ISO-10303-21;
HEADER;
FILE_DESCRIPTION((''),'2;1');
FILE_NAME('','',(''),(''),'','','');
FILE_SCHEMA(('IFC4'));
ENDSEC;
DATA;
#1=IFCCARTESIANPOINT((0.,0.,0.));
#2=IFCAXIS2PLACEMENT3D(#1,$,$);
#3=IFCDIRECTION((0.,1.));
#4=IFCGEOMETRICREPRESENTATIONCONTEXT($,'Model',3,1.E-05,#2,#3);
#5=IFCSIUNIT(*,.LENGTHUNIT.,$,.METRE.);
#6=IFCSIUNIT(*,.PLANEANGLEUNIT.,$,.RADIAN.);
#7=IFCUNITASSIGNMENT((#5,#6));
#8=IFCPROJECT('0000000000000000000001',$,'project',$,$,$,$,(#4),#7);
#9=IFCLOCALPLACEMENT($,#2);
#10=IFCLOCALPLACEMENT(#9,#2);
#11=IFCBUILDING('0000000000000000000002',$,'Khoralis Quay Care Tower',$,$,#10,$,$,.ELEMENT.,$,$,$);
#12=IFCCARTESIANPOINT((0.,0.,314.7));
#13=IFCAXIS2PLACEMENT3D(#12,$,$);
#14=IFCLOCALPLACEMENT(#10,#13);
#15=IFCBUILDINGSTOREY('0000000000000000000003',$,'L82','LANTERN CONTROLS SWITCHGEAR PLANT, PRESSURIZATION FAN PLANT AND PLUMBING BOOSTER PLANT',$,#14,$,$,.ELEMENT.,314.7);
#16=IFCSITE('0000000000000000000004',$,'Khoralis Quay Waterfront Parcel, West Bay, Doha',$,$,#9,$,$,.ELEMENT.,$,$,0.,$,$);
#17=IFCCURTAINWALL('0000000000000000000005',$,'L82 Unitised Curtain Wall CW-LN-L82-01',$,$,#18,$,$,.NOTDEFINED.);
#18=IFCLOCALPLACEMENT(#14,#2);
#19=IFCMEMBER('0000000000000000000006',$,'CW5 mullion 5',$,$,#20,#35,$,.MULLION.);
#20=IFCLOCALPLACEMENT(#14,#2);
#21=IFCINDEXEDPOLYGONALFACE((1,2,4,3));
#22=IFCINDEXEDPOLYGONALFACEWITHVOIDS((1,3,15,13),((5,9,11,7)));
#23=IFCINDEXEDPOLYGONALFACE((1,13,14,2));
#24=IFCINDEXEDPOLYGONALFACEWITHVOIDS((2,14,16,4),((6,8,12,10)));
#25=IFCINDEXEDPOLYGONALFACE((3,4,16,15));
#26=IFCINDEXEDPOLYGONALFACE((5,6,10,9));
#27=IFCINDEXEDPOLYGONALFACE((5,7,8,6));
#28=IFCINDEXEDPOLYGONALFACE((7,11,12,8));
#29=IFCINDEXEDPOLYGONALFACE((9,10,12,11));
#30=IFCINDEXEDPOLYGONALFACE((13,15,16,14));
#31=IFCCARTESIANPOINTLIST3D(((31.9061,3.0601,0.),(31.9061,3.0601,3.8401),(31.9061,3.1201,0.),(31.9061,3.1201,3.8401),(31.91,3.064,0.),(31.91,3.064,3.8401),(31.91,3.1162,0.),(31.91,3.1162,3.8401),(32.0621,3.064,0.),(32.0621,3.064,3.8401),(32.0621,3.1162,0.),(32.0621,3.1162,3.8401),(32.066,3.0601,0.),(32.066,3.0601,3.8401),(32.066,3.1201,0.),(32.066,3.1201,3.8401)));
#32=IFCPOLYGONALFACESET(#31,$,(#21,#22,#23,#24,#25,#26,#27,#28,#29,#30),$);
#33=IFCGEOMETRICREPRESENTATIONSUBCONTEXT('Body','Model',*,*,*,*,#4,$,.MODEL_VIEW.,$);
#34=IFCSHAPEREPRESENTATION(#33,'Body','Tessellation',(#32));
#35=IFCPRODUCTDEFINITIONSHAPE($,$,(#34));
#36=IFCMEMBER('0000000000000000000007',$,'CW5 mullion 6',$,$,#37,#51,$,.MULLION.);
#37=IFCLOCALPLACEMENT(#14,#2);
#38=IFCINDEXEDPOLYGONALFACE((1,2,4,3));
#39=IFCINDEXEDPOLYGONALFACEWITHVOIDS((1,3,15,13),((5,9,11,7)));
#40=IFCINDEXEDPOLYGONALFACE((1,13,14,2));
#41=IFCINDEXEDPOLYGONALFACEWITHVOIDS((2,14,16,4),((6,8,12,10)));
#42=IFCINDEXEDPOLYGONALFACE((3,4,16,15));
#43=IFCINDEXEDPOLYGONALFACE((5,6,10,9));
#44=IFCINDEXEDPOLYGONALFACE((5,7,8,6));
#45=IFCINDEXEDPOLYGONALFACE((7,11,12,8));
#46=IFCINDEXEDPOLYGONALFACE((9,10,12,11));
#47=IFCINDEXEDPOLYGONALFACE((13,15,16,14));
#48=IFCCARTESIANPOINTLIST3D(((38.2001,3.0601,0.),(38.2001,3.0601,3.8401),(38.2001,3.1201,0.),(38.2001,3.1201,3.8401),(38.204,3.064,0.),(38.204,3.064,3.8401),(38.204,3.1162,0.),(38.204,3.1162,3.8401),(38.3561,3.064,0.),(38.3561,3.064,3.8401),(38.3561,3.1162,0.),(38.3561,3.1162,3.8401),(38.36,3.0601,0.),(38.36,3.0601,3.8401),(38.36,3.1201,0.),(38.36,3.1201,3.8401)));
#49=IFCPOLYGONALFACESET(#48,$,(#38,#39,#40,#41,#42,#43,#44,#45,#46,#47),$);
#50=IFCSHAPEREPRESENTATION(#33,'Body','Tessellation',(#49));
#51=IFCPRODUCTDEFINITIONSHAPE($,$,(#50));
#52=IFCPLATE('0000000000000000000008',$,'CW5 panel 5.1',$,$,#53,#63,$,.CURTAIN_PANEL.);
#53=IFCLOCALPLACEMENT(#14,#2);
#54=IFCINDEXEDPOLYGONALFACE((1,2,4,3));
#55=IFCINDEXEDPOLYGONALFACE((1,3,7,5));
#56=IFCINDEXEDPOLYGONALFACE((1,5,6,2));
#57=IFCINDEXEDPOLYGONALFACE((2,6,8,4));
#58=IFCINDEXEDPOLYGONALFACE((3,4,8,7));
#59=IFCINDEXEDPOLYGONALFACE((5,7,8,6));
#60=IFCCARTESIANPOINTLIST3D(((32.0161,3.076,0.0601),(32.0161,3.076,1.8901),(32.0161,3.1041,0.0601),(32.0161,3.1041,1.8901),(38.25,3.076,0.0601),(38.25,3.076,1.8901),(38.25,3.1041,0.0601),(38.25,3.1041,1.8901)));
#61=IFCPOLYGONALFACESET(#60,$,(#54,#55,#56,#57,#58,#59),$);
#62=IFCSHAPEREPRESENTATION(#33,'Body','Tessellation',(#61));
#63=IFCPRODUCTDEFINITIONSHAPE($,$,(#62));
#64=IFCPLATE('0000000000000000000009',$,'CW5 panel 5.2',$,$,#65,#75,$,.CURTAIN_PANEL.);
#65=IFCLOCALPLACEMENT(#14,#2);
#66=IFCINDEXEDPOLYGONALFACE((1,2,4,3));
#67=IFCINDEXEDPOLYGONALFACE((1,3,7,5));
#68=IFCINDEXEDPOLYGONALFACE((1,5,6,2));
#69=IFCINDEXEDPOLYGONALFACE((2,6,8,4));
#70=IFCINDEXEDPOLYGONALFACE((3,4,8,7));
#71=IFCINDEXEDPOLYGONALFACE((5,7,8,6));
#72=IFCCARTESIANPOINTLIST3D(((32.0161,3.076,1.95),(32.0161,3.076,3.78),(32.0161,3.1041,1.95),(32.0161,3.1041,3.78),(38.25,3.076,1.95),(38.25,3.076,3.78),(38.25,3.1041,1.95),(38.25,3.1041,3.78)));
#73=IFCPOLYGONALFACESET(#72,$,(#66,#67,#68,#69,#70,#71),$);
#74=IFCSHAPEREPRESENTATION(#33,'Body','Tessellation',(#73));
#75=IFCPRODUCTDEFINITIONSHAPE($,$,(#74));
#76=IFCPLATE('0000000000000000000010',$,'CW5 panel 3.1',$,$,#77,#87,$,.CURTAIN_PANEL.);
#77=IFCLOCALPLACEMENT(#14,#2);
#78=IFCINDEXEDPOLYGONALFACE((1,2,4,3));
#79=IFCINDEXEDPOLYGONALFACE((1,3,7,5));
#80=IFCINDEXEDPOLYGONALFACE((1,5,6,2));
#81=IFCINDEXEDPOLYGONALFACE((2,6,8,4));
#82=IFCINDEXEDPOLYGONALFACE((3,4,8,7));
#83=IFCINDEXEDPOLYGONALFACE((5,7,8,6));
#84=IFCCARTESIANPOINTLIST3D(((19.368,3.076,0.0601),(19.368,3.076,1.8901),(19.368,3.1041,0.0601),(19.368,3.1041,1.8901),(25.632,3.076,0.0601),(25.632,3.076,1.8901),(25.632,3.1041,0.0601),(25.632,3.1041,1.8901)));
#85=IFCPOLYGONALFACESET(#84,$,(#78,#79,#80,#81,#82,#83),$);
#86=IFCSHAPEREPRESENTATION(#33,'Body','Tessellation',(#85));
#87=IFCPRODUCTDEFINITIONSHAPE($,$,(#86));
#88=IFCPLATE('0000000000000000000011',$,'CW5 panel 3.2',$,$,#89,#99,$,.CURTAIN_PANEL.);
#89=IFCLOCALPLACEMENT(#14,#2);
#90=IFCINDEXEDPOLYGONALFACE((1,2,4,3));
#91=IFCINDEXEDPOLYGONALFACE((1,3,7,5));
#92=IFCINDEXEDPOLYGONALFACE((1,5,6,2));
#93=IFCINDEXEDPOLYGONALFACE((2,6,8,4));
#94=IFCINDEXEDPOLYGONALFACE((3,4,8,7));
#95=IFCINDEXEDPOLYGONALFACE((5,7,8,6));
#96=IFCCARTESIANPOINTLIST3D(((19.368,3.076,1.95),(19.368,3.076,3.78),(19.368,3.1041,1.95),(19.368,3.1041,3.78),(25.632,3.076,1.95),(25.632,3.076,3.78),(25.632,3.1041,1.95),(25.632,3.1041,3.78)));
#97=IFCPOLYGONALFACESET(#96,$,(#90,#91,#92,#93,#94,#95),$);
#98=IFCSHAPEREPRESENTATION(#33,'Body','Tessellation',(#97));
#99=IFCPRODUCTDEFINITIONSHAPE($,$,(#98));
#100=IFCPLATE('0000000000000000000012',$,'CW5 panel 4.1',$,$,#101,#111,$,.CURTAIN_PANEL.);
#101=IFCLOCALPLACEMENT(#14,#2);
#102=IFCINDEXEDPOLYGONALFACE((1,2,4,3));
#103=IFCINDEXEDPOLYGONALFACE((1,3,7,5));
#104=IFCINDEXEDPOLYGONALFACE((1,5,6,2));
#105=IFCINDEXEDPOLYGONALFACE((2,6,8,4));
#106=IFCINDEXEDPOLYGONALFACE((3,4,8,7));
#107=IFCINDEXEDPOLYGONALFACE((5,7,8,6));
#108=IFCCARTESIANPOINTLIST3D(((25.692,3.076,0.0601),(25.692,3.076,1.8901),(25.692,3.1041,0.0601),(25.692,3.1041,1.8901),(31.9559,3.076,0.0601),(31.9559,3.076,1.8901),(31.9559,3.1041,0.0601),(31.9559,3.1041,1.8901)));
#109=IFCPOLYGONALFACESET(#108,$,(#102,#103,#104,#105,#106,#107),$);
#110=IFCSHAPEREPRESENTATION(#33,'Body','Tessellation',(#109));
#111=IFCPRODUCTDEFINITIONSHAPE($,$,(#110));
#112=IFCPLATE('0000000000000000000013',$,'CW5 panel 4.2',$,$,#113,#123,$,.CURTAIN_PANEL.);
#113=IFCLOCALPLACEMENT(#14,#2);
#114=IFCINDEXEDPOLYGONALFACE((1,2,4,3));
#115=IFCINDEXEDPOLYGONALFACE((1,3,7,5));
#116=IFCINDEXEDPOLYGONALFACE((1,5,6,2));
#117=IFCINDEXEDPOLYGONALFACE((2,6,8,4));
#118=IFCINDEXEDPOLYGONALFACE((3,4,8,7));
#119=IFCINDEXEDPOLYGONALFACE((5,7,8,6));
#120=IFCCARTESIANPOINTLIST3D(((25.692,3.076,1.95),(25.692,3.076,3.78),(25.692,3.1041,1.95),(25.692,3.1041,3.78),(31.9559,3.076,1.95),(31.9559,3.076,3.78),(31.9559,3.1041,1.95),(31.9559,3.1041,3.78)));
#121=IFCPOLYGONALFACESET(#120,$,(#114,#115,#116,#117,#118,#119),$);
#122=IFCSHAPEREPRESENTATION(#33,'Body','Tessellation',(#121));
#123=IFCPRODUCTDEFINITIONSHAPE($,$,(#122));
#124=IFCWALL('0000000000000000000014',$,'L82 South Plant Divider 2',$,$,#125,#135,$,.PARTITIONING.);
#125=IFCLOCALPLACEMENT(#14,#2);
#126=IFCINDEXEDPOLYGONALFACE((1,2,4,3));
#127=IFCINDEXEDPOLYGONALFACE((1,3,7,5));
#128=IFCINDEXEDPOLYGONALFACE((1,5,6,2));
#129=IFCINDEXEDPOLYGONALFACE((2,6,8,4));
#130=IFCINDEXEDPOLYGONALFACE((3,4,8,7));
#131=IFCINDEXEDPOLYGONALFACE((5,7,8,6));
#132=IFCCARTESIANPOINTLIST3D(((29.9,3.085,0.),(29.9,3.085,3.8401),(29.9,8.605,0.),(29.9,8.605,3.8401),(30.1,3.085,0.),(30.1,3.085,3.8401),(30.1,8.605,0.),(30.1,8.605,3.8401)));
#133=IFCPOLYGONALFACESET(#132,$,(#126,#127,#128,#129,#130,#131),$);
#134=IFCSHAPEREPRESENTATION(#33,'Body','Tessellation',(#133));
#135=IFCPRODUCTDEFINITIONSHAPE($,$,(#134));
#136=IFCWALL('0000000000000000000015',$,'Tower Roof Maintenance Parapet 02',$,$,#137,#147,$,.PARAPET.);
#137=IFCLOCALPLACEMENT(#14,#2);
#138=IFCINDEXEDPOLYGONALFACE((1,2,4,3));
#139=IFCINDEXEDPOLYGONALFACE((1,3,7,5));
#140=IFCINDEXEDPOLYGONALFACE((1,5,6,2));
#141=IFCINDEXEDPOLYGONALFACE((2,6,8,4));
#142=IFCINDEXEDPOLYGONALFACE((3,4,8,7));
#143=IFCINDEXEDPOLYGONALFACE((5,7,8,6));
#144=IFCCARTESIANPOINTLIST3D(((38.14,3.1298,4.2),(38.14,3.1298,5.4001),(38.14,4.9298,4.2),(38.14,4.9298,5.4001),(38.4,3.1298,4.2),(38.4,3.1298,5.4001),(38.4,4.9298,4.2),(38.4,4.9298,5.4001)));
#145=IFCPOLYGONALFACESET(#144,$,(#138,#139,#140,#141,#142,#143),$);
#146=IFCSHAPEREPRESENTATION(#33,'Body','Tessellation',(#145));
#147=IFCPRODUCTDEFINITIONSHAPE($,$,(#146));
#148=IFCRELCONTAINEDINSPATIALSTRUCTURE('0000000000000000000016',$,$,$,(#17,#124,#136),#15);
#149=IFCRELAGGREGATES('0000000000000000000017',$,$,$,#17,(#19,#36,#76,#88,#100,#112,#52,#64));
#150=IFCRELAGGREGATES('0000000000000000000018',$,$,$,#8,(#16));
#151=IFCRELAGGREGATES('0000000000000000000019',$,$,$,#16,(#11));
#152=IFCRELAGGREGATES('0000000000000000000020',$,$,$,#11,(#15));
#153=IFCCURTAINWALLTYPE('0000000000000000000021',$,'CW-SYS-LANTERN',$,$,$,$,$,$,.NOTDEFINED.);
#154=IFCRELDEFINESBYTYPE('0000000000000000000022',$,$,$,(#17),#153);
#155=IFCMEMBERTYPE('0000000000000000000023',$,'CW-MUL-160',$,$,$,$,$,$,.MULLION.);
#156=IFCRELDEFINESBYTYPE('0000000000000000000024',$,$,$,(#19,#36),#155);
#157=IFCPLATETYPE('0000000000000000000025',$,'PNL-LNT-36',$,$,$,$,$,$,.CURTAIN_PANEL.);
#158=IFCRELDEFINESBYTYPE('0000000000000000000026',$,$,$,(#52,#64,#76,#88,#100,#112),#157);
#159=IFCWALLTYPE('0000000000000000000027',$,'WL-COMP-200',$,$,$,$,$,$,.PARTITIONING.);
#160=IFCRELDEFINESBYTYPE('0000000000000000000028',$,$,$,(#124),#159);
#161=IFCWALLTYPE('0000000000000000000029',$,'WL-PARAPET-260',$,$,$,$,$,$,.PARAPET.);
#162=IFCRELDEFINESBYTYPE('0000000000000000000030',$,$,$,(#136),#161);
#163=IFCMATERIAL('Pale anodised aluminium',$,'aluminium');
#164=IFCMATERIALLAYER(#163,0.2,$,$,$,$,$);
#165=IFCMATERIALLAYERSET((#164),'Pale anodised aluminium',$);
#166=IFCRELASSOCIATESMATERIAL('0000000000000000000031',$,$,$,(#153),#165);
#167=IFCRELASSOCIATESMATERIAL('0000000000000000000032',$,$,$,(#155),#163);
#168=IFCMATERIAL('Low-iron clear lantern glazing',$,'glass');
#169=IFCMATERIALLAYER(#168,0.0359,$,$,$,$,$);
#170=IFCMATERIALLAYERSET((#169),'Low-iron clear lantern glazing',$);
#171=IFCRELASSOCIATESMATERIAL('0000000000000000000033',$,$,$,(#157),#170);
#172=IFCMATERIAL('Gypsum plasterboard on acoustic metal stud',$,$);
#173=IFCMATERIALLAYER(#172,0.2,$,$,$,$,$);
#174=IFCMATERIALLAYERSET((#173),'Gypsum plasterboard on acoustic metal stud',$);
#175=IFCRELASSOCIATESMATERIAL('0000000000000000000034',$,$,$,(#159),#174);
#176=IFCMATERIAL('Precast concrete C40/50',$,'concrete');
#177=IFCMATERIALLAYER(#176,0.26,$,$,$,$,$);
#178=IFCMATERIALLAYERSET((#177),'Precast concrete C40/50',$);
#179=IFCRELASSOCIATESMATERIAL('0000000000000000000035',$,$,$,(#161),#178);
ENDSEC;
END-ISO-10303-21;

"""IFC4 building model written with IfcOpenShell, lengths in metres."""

from ifc_helpers import new_model, si_unit, direction, frame, frame_2d, origin, origin_2d, place, context, subcontext, project, spatial, rectangle, hollow_rectangle, extrude, source, transform, mapped, material, layer, layer_set, material_profile, profile_set, type_object, element, aggregate, save


model = new_model("IFC4")

# Units and contexts
model_context = context("Model", 3, precision=1e-05, world=origin(), true_north=direction((0.0, 1.0)))
body_context = subcontext(model_context, "Body", "Model", "MODEL_VIEW")
ifc_project = project(units=[si_unit("LENGTHUNIT", "METRE"), si_unit("PLANEANGLEUNIT", "RADIAN")], contexts=[model_context])

# Site, building, storey
site_placement = place(None, origin())
site = spatial("IfcSite", under=ifc_project, at=site_placement, Name="Khoralis Quay Waterfront Parcel, West Bay, Doha", CompositionType="ELEMENT", RefElevation=0.0)
building_placement = place(site_placement, origin())
building = spatial("IfcBuilding", under=site, at=building_placement, Name="Khoralis Quay Care Tower", CompositionType="ELEMENT")
storey_placement = place(building_placement, frame((0.0, 0.0, 314.7)))
storey = spatial("IfcBuildingStorey", under=building, at=storey_placement, Name="L82", Description="LANTERN CONTROLS SWITCHGEAR PLANT, PRESSURIZATION FAN PLANT AND PLUMBING BOOSTER PLANT", CompositionType="ELEMENT", Elevation=314.7)

# Curtain wall, members, plates
ifc_material_1 = material(Name="Pale anodised aluminium", Category="aluminium")
ifc_layer_1 = layer(ifc_material_1, 0.2)
ifc_layer_set_1 = layer_set([ifc_layer_1], Name="Pale anodised aluminium")
curtain_wall_type = type_object("IfcCurtainWallType", Name="CW-SYS-LANTERN", PredefinedType="NOTDEFINED", material=ifc_layer_set_1)
curtain_wall_placement = place(storey_placement, origin())
curtain_wall = element("IfcCurtainWall", 1, at=curtain_wall_placement, inside=storey, type_object=curtain_wall_type, Name="L82 Unitised Curtain Wall CW-LN-L82-01", PredefinedType="NOTDEFINED")
ifc_material_profile_1 = material_profile(ifc_material_1, hollow_rectangle(XDim=0.0601, YDim=0.1599, WallThickness=0.0039, at=origin_2d()), Name="Pale anodised aluminium")
ifc_profile_set_1 = profile_set([ifc_material_profile_1], Name="Pale anodised aluminium")
member_type_1 = type_object("IfcMemberType", Name="CW-MUL-160", PredefinedType="MULLION", material=ifc_profile_set_1)
shared_shape_1 = source(origin(), body_context, "Body", "SweptSolid", [
    extrude(hollow_rectangle(XDim=0.0601, YDim=0.1599, WallThickness=0.0039, at=origin_2d()), origin(), (0.0, 0.0, 1.0), 3.8401),
])
member_1_placement = place(storey_placement, frame((31.9861, 3.0901, 0.0), z_axis=(0.0, 0.0, 1.0), x_axis=(0.0, 1.0, 0.0)))
member_1 = element("IfcMember", 2, at=member_1_placement, type_object=member_type_1, Name="CW5 mullion 5", PredefinedType="MULLION", context=body_context, shape_type="MappedRepresentation", body=[
    mapped(shared_shape_1, transform((0.0, 0.0, 0.0), scale=1.0)),
])
member_2_placement = place(storey_placement, frame((38.28, 3.0901, 0.0), z_axis=(0.0, 0.0, 1.0), x_axis=(0.0, 1.0, 0.0)))
member_2 = element("IfcMember", 3, at=member_2_placement, type_object=member_type_1, Name="CW5 mullion 6", PredefinedType="MULLION", context=body_context, shape_type="MappedRepresentation", body=[
    mapped(shared_shape_1, transform((0.0, 0.0, 0.0), scale=1.0)),
])
ifc_material_2 = material(Name="Low-iron clear lantern glazing", Category="glass")
ifc_layer_2 = layer(ifc_material_2, 0.0359)
ifc_layer_set_2 = layer_set([ifc_layer_2], Name="Low-iron clear lantern glazing")
plate_type = type_object("IfcPlateType", Name="PNL-LNT-36", PredefinedType="CURTAIN_PANEL", material=ifc_layer_set_2)
shared_shape_2 = source(origin(), body_context, "Body", "SweptSolid", [
    extrude(rectangle(XDim=6.2339, YDim=0.0281, at=origin_2d()), origin(), (0.0, 0.0, 1.0), 1.8301),
])
plate_1_placement = place(storey_placement, frame((35.1331, 3.0901, 0.0601), z_axis=(0.0, 0.0, 1.0), x_axis=(1.0, 0.0, 0.0)))
plate_1 = element("IfcPlate", 4, at=plate_1_placement, type_object=plate_type, Name="CW5 panel 5.1", PredefinedType="CURTAIN_PANEL", context=body_context, shape_type="MappedRepresentation", body=[
    mapped(shared_shape_2, transform((0.0, 0.0, 0.0), scale=1.0)),
])
plate_2_placement = place(storey_placement, frame((35.1331, 3.0901, 1.95), z_axis=(0.0, 0.0, 1.0), x_axis=(1.0, 0.0, 0.0)))
plate_2 = element("IfcPlate", 5, at=plate_2_placement, type_object=plate_type, Name="CW5 panel 5.2", PredefinedType="CURTAIN_PANEL", context=body_context, shape_type="MappedRepresentation", body=[
    mapped(shared_shape_2, transform((0.0, 0.0, 0.0), scale=1.0)),
])
shared_shape_3 = source(origin(), body_context, "Body", "SweptSolid", [
    extrude(rectangle(XDim=6.2639, YDim=0.0281, at=origin_2d()), origin(), (0.0, 0.0, 1.0), 1.8301),
])
plate_3_placement = place(storey_placement, frame((22.5, 3.0901, 0.0601), z_axis=(0.0, 0.0, 1.0), x_axis=(1.0, 0.0, 0.0)))
plate_3 = element("IfcPlate", 6, at=plate_3_placement, type_object=plate_type, Name="CW5 panel 3.1", PredefinedType="CURTAIN_PANEL", context=body_context, shape_type="MappedRepresentation", body=[
    mapped(shared_shape_3, transform((0.0, 0.0, 0.0), scale=1.0)),
])
plate_4_placement = place(storey_placement, frame((22.5, 3.0901, 1.95), z_axis=(0.0, 0.0, 1.0), x_axis=(1.0, 0.0, 0.0)))
plate_4 = element("IfcPlate", 7, at=plate_4_placement, type_object=plate_type, Name="CW5 panel 3.2", PredefinedType="CURTAIN_PANEL", context=body_context, shape_type="MappedRepresentation", body=[
    mapped(shared_shape_3, transform((0.0, 0.0, 0.0), scale=1.0)),
])
plate_5_placement = place(storey_placement, frame((28.824, 3.0901, 0.0601), z_axis=(0.0, 0.0, 1.0), x_axis=(1.0, 0.0, 0.0)))
plate_5 = element("IfcPlate", 8, at=plate_5_placement, type_object=plate_type, Name="CW5 panel 4.1", PredefinedType="CURTAIN_PANEL", context=body_context, shape_type="MappedRepresentation", body=[
    mapped(shared_shape_3, transform((0.0, 0.0, 0.0), scale=1.0)),
])
plate_6_placement = place(storey_placement, frame((28.824, 3.0901, 1.95), z_axis=(0.0, 0.0, 1.0), x_axis=(1.0, 0.0, 0.0)))
plate_6 = element("IfcPlate", 9, at=plate_6_placement, type_object=plate_type, Name="CW5 panel 4.2", PredefinedType="CURTAIN_PANEL", context=body_context, shape_type="MappedRepresentation", body=[
    mapped(shared_shape_3, transform((0.0, 0.0, 0.0), scale=1.0)),
])
aggregate(curtain_wall, [member_1, member_2, plate_3, plate_4, plate_5, plate_6, plate_1, plate_2])

# Walls
ifc_material_3 = material(Name="Gypsum plasterboard on acoustic metal stud")
ifc_layer_3 = layer(ifc_material_3, 0.2)
ifc_layer_set_3 = layer_set([ifc_layer_3], Name="Gypsum plasterboard on acoustic metal stud")
wall_type_1 = type_object("IfcWallType", Name="WL-COMP-200", PredefinedType="PARTITIONING", material=ifc_layer_set_3)
wall_1_placement = place(storey_placement, frame((30.0, 3.085, 0.0), z_axis=(0.0, 0.0, 1.0), x_axis=(0.0, 1.0, 0.0)))
element("IfcWall", 10, at=wall_1_placement, inside=storey, type_object=wall_type_1, Name="L82 South Plant Divider 2", PredefinedType="PARTITIONING", context=body_context, shape_type="SweptSolid", body=[
    extrude(rectangle(XDim=5.52, YDim=0.2, at=frame_2d((2.76, 0.0))), origin(), (0.0, 0.0, 1.0), 3.8401),
])
ifc_material_4 = material(Name="Precast concrete C40/50", Category="concrete")
ifc_layer_4 = layer(ifc_material_4, 0.26)
ifc_layer_set_4 = layer_set([ifc_layer_4], Name="Precast concrete C40/50")
wall_type_2 = type_object("IfcWallType", Name="WL-PARAPET-260", PredefinedType="PARAPET", material=ifc_layer_set_4)
wall_2_placement = place(storey_placement, frame((38.27, 3.1299, 4.2), z_axis=(0.0, 0.0, 1.0), x_axis=(0.0, 1.0, 0.0)))
element("IfcWall", 11, at=wall_2_placement, inside=storey, type_object=wall_type_2, Name="Tower Roof Maintenance Parapet 02", PredefinedType="PARAPET", context=body_context, shape_type="SweptSolid", body=[
    extrude(rectangle(XDim=1.8, YDim=0.26, at=frame_2d((0.8999, 0.0))), origin(), (0.0, 0.0, 1.0), 1.2002),
])

save(model, "model.ifc")
